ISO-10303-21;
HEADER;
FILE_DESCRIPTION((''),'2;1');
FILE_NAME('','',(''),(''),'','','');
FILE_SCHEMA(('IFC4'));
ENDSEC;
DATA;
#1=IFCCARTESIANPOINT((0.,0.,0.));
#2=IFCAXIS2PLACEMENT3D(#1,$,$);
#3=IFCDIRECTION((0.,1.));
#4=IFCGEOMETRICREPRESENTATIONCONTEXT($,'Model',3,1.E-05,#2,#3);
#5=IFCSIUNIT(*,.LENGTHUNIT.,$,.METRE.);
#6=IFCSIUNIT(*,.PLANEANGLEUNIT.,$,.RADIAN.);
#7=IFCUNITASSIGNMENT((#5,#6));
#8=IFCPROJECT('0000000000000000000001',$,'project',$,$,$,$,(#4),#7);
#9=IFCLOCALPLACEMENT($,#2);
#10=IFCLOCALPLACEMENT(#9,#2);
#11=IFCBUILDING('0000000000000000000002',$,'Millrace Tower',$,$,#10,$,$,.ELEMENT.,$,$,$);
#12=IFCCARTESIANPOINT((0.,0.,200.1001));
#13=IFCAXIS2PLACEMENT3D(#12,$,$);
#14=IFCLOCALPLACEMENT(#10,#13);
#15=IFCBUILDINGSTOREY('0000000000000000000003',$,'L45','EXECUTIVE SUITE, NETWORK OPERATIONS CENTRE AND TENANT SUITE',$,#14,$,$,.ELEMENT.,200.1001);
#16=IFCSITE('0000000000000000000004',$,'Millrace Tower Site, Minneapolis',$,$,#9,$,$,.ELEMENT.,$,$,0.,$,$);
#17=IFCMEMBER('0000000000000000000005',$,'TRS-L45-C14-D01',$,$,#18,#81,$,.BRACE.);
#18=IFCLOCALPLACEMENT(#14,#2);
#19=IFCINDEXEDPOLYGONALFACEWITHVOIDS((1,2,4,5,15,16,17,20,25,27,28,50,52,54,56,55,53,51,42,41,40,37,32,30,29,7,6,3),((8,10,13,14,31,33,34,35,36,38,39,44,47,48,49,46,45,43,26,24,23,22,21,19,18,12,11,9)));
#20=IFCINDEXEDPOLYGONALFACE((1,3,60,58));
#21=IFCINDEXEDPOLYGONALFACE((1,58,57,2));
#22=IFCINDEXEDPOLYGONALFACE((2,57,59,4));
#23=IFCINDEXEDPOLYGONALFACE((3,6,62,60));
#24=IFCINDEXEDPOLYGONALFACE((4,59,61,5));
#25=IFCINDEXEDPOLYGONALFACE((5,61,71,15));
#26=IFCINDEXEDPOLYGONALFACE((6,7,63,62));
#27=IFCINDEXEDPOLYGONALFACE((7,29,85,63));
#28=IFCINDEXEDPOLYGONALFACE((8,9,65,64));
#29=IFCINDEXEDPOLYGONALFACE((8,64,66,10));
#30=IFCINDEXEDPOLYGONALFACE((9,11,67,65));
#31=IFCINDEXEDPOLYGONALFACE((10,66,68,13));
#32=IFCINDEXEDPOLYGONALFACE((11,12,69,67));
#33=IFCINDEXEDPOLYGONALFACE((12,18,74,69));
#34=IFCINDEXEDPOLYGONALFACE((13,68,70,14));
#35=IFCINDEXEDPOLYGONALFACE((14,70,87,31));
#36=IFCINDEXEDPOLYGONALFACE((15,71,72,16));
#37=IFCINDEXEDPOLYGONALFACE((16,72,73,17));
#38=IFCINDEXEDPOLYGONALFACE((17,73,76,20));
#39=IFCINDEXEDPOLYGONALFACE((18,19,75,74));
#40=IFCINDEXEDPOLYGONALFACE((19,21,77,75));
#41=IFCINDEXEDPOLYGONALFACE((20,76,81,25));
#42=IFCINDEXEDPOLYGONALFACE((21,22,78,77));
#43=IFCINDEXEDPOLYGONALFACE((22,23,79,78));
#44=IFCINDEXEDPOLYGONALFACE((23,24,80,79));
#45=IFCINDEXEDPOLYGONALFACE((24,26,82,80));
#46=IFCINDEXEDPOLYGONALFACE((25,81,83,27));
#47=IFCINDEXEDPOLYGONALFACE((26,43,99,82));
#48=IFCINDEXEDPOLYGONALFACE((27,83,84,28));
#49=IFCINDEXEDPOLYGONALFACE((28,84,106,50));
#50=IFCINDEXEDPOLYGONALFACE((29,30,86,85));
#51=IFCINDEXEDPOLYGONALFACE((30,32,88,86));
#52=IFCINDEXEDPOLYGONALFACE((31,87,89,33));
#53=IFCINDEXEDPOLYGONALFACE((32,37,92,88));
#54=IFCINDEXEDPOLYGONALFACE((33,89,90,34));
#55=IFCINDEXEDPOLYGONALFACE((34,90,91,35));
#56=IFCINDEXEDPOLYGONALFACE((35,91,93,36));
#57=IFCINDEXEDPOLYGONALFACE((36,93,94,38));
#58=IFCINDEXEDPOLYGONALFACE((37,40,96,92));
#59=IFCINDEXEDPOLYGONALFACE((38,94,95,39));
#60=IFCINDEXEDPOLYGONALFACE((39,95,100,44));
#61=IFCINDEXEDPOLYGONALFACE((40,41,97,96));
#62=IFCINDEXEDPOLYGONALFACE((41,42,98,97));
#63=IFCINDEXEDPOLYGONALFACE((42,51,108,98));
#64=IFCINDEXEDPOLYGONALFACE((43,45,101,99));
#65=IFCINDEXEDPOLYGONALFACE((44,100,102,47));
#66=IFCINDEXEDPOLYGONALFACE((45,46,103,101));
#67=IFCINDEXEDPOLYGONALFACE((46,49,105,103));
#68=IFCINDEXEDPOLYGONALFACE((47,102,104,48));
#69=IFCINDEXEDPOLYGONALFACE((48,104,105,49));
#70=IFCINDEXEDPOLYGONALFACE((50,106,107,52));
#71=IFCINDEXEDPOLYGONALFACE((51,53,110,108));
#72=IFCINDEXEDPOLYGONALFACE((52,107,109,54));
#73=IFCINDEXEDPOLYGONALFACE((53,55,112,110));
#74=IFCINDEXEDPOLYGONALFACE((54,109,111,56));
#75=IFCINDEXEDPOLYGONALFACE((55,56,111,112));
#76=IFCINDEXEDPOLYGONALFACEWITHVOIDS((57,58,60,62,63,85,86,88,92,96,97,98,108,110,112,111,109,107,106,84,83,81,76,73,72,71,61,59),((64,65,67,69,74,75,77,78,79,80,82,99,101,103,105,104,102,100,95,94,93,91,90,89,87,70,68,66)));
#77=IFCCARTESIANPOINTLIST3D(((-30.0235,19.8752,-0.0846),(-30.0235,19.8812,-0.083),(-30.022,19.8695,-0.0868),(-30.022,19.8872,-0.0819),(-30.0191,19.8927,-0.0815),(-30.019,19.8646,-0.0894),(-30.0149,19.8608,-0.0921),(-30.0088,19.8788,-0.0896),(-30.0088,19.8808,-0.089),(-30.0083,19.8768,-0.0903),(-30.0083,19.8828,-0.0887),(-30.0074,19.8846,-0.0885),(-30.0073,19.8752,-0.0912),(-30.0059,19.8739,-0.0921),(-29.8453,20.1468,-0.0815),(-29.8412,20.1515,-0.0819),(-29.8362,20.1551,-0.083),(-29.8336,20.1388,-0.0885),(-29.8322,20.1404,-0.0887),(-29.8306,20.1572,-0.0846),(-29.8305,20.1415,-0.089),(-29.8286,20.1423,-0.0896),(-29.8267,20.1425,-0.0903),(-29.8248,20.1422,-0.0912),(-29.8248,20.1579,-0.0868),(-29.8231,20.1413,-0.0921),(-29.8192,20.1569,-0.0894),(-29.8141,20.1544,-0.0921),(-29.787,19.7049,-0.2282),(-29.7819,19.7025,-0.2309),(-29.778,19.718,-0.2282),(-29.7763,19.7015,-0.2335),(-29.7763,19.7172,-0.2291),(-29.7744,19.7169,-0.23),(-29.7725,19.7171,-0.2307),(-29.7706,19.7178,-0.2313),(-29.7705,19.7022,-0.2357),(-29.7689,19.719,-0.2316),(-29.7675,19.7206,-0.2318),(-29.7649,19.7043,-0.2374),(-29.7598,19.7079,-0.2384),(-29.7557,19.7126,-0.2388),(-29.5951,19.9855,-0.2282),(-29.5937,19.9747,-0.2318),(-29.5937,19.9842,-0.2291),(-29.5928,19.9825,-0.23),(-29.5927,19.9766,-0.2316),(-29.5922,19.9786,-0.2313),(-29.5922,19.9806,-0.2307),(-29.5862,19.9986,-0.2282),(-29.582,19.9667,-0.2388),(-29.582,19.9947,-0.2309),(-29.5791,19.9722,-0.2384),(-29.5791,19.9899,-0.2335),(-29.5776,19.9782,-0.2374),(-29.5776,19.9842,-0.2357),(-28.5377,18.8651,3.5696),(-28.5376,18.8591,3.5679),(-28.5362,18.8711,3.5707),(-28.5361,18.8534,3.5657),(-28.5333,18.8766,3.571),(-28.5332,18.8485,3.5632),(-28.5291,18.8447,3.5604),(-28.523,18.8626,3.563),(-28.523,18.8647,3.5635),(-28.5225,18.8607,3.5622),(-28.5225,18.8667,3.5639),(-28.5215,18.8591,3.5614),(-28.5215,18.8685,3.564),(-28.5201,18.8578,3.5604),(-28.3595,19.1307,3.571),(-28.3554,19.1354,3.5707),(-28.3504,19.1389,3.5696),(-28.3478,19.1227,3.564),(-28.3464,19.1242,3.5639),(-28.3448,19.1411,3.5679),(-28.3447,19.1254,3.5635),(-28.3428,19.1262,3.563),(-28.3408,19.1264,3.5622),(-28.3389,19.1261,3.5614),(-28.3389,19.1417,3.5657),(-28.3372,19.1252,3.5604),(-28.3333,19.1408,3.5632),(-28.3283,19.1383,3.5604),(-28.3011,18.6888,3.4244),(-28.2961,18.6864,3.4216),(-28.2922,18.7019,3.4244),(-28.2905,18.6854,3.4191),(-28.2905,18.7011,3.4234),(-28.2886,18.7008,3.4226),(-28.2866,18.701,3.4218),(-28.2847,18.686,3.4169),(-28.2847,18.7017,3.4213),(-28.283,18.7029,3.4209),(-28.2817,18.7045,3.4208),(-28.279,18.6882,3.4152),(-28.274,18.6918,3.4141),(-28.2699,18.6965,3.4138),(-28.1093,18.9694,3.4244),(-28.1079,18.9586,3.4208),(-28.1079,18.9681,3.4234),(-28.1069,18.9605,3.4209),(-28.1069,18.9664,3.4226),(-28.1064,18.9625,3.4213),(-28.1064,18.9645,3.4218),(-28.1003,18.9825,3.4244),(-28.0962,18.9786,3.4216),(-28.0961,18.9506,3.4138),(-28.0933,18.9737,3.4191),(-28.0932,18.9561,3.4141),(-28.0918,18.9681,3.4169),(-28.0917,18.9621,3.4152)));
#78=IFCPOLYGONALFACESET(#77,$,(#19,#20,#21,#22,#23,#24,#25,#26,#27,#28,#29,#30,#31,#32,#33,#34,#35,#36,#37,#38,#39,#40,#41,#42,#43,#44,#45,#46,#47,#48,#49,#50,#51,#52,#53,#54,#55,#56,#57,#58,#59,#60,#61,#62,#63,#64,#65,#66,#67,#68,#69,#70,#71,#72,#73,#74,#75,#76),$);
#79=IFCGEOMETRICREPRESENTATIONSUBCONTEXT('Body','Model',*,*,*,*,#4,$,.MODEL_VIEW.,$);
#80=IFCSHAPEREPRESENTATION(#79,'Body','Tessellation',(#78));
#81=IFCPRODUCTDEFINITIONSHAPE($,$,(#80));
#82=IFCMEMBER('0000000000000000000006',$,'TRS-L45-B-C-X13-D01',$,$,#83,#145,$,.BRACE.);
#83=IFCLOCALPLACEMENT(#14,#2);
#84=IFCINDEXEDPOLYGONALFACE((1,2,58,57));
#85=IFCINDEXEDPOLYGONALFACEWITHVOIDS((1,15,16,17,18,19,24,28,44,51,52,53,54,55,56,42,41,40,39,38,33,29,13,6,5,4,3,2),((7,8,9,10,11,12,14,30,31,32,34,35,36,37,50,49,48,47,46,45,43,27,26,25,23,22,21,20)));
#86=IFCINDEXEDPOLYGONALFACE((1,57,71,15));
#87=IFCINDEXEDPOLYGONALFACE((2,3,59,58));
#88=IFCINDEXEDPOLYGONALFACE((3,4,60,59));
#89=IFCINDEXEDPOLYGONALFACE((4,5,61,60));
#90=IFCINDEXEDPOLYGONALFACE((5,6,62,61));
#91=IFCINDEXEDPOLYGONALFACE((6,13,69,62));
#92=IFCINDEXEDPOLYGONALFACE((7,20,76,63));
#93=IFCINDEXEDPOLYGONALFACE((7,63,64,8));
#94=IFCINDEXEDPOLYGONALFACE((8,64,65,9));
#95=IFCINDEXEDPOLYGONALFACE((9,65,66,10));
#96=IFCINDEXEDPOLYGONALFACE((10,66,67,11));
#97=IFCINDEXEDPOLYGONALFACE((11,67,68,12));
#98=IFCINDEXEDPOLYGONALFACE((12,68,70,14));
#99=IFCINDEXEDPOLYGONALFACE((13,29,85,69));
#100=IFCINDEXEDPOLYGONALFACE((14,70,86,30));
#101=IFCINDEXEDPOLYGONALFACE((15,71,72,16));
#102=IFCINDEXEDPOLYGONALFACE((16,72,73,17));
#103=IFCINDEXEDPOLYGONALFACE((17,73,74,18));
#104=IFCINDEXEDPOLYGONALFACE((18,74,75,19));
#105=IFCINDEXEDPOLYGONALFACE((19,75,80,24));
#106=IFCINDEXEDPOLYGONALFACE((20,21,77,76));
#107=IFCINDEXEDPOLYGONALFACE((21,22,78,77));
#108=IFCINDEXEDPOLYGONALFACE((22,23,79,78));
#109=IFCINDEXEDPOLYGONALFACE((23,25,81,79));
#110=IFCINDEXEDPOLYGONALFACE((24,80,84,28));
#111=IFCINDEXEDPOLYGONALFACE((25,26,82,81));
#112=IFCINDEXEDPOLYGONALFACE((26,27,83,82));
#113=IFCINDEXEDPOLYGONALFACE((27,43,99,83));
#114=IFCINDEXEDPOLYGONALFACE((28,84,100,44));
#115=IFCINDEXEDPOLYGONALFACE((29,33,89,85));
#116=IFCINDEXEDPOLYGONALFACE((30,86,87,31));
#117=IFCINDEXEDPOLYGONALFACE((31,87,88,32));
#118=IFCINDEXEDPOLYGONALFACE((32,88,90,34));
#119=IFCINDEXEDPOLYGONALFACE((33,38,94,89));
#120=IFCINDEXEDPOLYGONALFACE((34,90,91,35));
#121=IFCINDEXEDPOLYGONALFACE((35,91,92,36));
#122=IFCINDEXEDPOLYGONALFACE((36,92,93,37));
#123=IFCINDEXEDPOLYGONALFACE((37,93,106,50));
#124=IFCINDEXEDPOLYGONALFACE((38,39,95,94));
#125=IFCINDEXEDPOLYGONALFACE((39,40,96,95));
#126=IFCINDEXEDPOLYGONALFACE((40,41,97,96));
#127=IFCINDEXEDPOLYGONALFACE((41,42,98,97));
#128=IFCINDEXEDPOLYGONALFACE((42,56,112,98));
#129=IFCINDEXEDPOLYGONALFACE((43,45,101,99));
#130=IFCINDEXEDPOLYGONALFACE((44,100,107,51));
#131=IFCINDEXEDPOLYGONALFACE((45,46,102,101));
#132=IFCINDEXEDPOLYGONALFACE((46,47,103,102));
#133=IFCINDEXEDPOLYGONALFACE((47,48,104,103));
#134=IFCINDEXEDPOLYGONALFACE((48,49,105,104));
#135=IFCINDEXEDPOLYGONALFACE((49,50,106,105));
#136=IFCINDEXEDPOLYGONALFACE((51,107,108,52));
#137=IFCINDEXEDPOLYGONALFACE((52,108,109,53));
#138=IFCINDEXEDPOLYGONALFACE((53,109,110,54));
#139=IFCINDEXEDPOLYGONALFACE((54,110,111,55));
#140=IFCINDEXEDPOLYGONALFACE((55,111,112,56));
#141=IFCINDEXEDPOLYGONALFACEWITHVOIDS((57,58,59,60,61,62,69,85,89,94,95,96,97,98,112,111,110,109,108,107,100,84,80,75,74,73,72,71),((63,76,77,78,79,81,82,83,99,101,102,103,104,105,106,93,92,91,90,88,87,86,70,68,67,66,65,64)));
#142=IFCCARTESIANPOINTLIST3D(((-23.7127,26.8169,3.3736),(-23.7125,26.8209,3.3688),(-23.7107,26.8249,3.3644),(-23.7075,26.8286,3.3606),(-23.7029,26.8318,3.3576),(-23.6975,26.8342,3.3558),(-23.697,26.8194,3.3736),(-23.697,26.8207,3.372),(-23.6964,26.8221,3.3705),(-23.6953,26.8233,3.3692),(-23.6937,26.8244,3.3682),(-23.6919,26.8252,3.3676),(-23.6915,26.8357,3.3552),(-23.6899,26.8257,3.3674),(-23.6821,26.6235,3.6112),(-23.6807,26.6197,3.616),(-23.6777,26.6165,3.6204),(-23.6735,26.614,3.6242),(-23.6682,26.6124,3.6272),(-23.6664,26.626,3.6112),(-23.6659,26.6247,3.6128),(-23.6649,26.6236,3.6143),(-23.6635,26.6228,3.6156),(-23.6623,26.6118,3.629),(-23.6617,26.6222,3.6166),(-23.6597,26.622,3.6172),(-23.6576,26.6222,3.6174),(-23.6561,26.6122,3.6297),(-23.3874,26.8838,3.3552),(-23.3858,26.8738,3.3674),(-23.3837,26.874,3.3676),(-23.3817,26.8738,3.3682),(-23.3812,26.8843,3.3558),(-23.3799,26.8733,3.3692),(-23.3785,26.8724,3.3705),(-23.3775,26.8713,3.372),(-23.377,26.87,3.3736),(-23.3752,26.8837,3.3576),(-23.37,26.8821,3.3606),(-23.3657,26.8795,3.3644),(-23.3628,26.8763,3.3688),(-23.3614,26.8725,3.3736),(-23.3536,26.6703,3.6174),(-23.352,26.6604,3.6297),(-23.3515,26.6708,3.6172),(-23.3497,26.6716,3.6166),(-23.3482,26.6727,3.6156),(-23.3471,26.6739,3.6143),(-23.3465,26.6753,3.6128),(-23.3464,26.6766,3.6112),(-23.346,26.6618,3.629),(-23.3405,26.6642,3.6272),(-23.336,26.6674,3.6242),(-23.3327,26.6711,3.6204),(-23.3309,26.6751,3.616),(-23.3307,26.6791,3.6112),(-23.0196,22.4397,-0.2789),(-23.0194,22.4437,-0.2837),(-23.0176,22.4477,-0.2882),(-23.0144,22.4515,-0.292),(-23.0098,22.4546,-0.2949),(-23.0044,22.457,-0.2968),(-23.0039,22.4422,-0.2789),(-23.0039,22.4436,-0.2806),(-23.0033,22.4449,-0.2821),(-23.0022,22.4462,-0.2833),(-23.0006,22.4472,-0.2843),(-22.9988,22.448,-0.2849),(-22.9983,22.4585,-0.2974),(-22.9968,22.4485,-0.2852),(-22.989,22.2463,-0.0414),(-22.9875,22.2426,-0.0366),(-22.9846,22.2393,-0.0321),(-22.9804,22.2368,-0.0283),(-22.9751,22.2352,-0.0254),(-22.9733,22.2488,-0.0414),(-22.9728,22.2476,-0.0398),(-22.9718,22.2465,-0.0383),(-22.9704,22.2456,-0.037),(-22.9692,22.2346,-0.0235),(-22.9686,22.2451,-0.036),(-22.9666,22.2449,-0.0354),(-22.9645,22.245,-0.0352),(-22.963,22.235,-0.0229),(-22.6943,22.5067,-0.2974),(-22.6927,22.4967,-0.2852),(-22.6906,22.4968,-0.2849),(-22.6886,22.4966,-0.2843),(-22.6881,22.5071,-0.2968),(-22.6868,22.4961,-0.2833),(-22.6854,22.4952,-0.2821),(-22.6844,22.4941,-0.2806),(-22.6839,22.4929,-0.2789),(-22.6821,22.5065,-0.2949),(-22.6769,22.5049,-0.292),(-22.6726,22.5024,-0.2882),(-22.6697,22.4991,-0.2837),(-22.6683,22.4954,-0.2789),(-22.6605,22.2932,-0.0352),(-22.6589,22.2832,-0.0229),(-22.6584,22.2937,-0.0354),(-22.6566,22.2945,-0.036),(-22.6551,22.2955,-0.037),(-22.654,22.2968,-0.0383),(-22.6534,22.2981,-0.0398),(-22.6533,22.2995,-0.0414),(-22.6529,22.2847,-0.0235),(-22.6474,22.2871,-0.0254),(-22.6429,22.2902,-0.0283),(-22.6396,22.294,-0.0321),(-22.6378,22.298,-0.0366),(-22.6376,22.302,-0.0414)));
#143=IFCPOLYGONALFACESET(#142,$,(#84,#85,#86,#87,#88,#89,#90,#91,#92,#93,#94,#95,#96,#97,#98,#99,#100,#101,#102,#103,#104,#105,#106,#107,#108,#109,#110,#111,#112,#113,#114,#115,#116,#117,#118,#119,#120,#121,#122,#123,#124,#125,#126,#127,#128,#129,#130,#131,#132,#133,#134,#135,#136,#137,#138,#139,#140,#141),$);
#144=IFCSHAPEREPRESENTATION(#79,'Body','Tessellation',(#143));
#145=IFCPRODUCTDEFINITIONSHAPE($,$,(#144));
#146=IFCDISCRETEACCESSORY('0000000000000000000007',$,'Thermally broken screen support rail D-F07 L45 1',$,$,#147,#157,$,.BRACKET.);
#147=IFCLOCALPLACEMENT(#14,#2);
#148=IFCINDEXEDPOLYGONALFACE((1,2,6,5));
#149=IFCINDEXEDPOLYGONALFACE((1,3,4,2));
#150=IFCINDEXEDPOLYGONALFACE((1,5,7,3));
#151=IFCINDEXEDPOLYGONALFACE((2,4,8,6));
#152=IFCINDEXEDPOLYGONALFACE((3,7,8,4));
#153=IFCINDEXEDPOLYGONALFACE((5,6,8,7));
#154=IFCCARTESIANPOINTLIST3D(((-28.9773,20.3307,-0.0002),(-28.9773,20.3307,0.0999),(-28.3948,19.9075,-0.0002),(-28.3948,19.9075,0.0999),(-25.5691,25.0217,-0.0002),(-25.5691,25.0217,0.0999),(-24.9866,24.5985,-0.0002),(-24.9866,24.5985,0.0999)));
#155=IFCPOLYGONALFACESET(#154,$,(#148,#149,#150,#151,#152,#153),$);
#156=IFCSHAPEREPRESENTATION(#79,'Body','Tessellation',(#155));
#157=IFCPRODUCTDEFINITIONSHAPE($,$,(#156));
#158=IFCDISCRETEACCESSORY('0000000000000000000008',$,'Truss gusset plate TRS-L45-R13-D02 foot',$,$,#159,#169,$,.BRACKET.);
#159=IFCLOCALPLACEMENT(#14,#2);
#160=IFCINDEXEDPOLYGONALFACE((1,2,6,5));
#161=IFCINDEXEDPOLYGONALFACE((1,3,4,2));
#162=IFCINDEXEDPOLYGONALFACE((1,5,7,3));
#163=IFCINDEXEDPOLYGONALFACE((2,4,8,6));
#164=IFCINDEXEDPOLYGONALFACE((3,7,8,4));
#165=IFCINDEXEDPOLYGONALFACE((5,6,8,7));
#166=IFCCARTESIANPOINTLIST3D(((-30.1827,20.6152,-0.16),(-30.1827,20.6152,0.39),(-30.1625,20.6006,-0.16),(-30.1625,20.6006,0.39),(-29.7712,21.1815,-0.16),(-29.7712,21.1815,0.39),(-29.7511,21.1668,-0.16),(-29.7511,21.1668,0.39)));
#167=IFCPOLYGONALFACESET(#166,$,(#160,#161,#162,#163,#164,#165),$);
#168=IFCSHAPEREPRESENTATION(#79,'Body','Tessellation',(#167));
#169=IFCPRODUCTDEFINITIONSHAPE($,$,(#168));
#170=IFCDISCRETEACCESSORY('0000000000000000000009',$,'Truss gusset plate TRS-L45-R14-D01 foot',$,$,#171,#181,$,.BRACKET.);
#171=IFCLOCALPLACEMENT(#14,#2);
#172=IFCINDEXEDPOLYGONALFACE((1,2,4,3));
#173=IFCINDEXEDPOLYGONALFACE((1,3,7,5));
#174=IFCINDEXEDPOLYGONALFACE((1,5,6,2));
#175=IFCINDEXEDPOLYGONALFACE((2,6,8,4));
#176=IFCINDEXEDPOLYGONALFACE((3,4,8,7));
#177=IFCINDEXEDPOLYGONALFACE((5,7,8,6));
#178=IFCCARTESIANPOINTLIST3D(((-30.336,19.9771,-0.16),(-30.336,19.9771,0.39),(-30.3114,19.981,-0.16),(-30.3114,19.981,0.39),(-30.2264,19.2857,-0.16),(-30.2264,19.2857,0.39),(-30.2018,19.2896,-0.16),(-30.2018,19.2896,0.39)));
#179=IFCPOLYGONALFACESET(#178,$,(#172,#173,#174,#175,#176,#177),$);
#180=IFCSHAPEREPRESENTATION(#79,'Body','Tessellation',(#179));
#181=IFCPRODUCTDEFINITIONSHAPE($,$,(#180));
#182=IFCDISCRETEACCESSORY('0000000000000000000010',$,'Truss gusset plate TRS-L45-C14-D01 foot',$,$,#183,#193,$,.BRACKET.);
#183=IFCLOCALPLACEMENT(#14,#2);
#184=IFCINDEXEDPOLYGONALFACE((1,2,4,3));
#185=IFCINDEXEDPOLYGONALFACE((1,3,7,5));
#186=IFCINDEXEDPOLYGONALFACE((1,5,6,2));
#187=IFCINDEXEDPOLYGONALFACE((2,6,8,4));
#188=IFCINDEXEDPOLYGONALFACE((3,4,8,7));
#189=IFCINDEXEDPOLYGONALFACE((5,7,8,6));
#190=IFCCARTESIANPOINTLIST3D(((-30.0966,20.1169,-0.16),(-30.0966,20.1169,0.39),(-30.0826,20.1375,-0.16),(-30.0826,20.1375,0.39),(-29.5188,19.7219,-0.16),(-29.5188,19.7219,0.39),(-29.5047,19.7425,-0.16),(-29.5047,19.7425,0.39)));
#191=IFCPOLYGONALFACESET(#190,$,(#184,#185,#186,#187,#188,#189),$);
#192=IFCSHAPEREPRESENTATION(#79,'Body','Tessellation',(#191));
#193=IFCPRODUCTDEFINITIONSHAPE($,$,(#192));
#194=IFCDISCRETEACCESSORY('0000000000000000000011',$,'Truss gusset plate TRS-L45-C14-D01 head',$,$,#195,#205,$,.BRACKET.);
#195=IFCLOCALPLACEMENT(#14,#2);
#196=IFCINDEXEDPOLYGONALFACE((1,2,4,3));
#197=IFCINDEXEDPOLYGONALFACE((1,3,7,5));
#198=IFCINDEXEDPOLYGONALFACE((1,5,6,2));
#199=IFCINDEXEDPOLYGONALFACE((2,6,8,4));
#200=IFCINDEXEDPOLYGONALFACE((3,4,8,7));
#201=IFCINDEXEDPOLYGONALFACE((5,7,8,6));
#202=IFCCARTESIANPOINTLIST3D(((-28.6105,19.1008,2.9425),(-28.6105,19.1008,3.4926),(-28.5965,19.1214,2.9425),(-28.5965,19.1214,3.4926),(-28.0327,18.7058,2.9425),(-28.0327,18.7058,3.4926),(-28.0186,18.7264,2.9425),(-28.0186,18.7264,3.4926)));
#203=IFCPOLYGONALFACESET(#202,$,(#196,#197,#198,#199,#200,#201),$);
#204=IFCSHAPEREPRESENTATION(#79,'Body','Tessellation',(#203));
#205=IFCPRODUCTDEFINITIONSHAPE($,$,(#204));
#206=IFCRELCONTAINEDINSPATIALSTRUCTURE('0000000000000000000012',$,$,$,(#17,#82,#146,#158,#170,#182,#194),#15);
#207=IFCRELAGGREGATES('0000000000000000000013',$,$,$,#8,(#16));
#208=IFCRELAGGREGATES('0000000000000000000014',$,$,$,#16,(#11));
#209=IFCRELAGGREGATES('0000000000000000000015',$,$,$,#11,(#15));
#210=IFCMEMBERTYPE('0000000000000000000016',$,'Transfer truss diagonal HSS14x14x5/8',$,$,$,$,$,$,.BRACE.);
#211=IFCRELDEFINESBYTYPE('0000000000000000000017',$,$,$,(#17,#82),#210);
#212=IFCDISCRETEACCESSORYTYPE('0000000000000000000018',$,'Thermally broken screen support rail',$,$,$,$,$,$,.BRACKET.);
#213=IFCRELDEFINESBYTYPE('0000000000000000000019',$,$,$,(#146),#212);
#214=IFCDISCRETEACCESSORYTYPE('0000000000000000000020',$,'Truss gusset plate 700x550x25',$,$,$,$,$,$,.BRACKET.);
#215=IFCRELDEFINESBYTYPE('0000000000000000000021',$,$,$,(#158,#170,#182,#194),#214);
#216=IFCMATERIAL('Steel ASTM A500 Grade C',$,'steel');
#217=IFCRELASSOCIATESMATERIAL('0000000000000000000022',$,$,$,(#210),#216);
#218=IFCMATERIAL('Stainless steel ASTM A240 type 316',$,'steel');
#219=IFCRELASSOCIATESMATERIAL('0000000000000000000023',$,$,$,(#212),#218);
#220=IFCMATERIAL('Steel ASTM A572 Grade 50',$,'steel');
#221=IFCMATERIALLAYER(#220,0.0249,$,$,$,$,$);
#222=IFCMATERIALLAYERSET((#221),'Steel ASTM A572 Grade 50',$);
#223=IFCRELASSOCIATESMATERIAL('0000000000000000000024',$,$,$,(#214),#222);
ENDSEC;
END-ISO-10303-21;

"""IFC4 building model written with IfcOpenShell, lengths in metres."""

from ifc_helpers import new_model, si_unit, direction, frame, origin, origin_2d, place, context, subcontext, project, spatial, rectangle, hollow_rectangle, extrude, material, layer, layer_set, material_profile, profile_set, type_object, element, save


model = new_model("IFC4")

# Units and contexts
model_context = context("Model", 3, precision=1e-05, world=origin(), true_north=direction((0.0, 1.0)))
body_context = subcontext(model_context, "Body", "Model", "MODEL_VIEW")
ifc_project = project(units=[si_unit("LENGTHUNIT", "METRE"), si_unit("PLANEANGLEUNIT", "RADIAN")], contexts=[model_context])

# Site, building, storey
site_placement = place(None, origin())
site = spatial("IfcSite", under=ifc_project, at=site_placement, Name="Millrace Tower Site, Minneapolis", CompositionType="ELEMENT", RefElevation=0.0)
building_placement = place(site_placement, origin())
building = spatial("IfcBuilding", under=site, at=building_placement, Name="Millrace Tower", CompositionType="ELEMENT")
storey_placement = place(building_placement, frame((0.0, 0.0, 200.1001)))
storey = spatial("IfcBuildingStorey", under=building, at=storey_placement, Name="L45", Description="EXECUTIVE SUITE, NETWORK OPERATIONS CENTRE AND TENANT SUITE", CompositionType="ELEMENT", Elevation=200.1001)

# Members
ifc_material_1 = material(Name="Steel ASTM A500 Grade C", Category="steel")
ifc_material_profile_1 = material_profile(ifc_material_1, hollow_rectangle(XDim=0.3557, YDim=0.3557, WallThickness=0.0159, InnerFilletRadius=0.0081, OuterFilletRadius=0.0239, at=origin_2d()))
ifc_profile_set_1 = profile_set([ifc_material_profile_1], Name="Steel ASTM A500 Grade C")
member_type_1 = type_object("IfcMemberType", Name="Transfer truss diagonal HSS14x14x5/8", PredefinedType="BRACE", material=ifc_profile_set_1)
member_1_placement = place(storey_placement, frame((-29.8005, 19.9297, -0.1602), z_axis=(0.364887, -0.249533, 0.89699), x_axis=(0.564489, 0.82544, 0.0)))
element("IfcMember", 1, at=member_1_placement, inside=storey, type_object=member_type_1, Name="TRS-L45-C14-D01", PredefinedType="BRACE", context=body_context, shape_type="SweptSolid", body=[
    extrude(hollow_rectangle(XDim=0.3557, YDim=0.3557, WallThickness=0.0159, InnerFilletRadius=0.0081, OuterFilletRadius=0.0239, at=origin_2d()), origin(), (0.0, 0.0, 1.0), 4.072),
])
member_2_placement = place(storey_placement, frame((-22.8286, 22.3708, -0.1602), z_axis=(-0.120689, 0.762184, 0.636011), x_axis=(-0.987694, -0.156398, 0.0)))
element("IfcMember", 2, at=member_2_placement, inside=storey, type_object=member_type_1, Name="TRS-L45-B-C-X13-D01", PredefinedType="BRACE", context=body_context, shape_type="SweptSolid", body=[
    extrude(hollow_rectangle(XDim=0.3557, YDim=0.3557, WallThickness=0.0159, InnerFilletRadius=0.0081, OuterFilletRadius=0.0239, at=origin_2d()), origin(), (0.0, 0.0, 1.0), 5.7429),
])

# Discrete accessories
ifc_material_2 = material(Name="Stainless steel ASTM A240 type 316", Category="steel")
discrete_accessory_type_1 = type_object("IfcDiscreteAccessoryType", Name="Thermally broken screen support rail", PredefinedType="BRACKET", material=ifc_material_2)
discrete_accessory_placement = place(storey_placement, frame((-26.9819, 22.4646, -0.0002), z_axis=(0.0, 0.0, 1.0), x_axis=(-0.587785, -0.809017, 0.0)))
element("IfcDiscreteAccessory", 3, at=discrete_accessory_placement, inside=storey, type_object=discrete_accessory_type_1, Name="Thermally broken screen support rail D-F07 L45 1", PredefinedType="BRACKET", context=body_context, shape_type="SweptSolid", body=[
    extrude(rectangle(XDim=5.7983, YDim=0.72, at=origin_2d()), origin(), (0.0, 0.0, 1.0), 0.1001),
])
ifc_material_3 = material(Name="Steel ASTM A572 Grade 50", Category="steel")
ifc_layer_1 = layer(ifc_material_3, 0.0249)
ifc_layer_set_1 = layer_set([ifc_layer_1], Name="Steel ASTM A572 Grade 50")
discrete_accessory_type_2 = type_object("IfcDiscreteAccessoryType", Name="Truss gusset plate 700x550x25", PredefinedType="BRACKET", material=ifc_layer_set_1)
for number, where, z_axis, x_axis, name in (
    (4, (-30.1726, 20.6079, 0.115), (0.587819, 0.808992, 0.0), (-0.808992, 0.587819, 0.0), "Truss gusset plate TRS-L45-R13-D02 foot"),
    (5, (-30.3237, 19.979, 0.115), (0.156589, -0.987664, 0.0), (0.987664, 0.156589, 0.0), "Truss gusset plate TRS-L45-R14-D01 foot"),
    (6, (-30.0896, 20.1272, 0.115), (0.825555, -0.564321, 0.0), (0.564321, 0.825555, 0.0), "Truss gusset plate TRS-L45-C14-D01 foot"),
    (7, (-28.6035, 19.1111, 3.2175), (0.825555, -0.564321, 0.0), (0.564321, 0.825555, 0.0), "Truss gusset plate TRS-L45-C14-D01 head"),
):
    element("IfcDiscreteAccessory", number, at=place(storey_placement, frame(where, z_axis=z_axis, x_axis=x_axis)), inside=storey, type_object=discrete_accessory_type_2, Name=name, PredefinedType="BRACKET", context=body_context, shape_type="SweptSolid", body=[
        extrude(rectangle(XDim=0.0249, YDim=0.55, at=origin_2d()), origin(), (0.0, 0.0, 1.0), 0.7),
    ])

save(model, "model.ifc")
